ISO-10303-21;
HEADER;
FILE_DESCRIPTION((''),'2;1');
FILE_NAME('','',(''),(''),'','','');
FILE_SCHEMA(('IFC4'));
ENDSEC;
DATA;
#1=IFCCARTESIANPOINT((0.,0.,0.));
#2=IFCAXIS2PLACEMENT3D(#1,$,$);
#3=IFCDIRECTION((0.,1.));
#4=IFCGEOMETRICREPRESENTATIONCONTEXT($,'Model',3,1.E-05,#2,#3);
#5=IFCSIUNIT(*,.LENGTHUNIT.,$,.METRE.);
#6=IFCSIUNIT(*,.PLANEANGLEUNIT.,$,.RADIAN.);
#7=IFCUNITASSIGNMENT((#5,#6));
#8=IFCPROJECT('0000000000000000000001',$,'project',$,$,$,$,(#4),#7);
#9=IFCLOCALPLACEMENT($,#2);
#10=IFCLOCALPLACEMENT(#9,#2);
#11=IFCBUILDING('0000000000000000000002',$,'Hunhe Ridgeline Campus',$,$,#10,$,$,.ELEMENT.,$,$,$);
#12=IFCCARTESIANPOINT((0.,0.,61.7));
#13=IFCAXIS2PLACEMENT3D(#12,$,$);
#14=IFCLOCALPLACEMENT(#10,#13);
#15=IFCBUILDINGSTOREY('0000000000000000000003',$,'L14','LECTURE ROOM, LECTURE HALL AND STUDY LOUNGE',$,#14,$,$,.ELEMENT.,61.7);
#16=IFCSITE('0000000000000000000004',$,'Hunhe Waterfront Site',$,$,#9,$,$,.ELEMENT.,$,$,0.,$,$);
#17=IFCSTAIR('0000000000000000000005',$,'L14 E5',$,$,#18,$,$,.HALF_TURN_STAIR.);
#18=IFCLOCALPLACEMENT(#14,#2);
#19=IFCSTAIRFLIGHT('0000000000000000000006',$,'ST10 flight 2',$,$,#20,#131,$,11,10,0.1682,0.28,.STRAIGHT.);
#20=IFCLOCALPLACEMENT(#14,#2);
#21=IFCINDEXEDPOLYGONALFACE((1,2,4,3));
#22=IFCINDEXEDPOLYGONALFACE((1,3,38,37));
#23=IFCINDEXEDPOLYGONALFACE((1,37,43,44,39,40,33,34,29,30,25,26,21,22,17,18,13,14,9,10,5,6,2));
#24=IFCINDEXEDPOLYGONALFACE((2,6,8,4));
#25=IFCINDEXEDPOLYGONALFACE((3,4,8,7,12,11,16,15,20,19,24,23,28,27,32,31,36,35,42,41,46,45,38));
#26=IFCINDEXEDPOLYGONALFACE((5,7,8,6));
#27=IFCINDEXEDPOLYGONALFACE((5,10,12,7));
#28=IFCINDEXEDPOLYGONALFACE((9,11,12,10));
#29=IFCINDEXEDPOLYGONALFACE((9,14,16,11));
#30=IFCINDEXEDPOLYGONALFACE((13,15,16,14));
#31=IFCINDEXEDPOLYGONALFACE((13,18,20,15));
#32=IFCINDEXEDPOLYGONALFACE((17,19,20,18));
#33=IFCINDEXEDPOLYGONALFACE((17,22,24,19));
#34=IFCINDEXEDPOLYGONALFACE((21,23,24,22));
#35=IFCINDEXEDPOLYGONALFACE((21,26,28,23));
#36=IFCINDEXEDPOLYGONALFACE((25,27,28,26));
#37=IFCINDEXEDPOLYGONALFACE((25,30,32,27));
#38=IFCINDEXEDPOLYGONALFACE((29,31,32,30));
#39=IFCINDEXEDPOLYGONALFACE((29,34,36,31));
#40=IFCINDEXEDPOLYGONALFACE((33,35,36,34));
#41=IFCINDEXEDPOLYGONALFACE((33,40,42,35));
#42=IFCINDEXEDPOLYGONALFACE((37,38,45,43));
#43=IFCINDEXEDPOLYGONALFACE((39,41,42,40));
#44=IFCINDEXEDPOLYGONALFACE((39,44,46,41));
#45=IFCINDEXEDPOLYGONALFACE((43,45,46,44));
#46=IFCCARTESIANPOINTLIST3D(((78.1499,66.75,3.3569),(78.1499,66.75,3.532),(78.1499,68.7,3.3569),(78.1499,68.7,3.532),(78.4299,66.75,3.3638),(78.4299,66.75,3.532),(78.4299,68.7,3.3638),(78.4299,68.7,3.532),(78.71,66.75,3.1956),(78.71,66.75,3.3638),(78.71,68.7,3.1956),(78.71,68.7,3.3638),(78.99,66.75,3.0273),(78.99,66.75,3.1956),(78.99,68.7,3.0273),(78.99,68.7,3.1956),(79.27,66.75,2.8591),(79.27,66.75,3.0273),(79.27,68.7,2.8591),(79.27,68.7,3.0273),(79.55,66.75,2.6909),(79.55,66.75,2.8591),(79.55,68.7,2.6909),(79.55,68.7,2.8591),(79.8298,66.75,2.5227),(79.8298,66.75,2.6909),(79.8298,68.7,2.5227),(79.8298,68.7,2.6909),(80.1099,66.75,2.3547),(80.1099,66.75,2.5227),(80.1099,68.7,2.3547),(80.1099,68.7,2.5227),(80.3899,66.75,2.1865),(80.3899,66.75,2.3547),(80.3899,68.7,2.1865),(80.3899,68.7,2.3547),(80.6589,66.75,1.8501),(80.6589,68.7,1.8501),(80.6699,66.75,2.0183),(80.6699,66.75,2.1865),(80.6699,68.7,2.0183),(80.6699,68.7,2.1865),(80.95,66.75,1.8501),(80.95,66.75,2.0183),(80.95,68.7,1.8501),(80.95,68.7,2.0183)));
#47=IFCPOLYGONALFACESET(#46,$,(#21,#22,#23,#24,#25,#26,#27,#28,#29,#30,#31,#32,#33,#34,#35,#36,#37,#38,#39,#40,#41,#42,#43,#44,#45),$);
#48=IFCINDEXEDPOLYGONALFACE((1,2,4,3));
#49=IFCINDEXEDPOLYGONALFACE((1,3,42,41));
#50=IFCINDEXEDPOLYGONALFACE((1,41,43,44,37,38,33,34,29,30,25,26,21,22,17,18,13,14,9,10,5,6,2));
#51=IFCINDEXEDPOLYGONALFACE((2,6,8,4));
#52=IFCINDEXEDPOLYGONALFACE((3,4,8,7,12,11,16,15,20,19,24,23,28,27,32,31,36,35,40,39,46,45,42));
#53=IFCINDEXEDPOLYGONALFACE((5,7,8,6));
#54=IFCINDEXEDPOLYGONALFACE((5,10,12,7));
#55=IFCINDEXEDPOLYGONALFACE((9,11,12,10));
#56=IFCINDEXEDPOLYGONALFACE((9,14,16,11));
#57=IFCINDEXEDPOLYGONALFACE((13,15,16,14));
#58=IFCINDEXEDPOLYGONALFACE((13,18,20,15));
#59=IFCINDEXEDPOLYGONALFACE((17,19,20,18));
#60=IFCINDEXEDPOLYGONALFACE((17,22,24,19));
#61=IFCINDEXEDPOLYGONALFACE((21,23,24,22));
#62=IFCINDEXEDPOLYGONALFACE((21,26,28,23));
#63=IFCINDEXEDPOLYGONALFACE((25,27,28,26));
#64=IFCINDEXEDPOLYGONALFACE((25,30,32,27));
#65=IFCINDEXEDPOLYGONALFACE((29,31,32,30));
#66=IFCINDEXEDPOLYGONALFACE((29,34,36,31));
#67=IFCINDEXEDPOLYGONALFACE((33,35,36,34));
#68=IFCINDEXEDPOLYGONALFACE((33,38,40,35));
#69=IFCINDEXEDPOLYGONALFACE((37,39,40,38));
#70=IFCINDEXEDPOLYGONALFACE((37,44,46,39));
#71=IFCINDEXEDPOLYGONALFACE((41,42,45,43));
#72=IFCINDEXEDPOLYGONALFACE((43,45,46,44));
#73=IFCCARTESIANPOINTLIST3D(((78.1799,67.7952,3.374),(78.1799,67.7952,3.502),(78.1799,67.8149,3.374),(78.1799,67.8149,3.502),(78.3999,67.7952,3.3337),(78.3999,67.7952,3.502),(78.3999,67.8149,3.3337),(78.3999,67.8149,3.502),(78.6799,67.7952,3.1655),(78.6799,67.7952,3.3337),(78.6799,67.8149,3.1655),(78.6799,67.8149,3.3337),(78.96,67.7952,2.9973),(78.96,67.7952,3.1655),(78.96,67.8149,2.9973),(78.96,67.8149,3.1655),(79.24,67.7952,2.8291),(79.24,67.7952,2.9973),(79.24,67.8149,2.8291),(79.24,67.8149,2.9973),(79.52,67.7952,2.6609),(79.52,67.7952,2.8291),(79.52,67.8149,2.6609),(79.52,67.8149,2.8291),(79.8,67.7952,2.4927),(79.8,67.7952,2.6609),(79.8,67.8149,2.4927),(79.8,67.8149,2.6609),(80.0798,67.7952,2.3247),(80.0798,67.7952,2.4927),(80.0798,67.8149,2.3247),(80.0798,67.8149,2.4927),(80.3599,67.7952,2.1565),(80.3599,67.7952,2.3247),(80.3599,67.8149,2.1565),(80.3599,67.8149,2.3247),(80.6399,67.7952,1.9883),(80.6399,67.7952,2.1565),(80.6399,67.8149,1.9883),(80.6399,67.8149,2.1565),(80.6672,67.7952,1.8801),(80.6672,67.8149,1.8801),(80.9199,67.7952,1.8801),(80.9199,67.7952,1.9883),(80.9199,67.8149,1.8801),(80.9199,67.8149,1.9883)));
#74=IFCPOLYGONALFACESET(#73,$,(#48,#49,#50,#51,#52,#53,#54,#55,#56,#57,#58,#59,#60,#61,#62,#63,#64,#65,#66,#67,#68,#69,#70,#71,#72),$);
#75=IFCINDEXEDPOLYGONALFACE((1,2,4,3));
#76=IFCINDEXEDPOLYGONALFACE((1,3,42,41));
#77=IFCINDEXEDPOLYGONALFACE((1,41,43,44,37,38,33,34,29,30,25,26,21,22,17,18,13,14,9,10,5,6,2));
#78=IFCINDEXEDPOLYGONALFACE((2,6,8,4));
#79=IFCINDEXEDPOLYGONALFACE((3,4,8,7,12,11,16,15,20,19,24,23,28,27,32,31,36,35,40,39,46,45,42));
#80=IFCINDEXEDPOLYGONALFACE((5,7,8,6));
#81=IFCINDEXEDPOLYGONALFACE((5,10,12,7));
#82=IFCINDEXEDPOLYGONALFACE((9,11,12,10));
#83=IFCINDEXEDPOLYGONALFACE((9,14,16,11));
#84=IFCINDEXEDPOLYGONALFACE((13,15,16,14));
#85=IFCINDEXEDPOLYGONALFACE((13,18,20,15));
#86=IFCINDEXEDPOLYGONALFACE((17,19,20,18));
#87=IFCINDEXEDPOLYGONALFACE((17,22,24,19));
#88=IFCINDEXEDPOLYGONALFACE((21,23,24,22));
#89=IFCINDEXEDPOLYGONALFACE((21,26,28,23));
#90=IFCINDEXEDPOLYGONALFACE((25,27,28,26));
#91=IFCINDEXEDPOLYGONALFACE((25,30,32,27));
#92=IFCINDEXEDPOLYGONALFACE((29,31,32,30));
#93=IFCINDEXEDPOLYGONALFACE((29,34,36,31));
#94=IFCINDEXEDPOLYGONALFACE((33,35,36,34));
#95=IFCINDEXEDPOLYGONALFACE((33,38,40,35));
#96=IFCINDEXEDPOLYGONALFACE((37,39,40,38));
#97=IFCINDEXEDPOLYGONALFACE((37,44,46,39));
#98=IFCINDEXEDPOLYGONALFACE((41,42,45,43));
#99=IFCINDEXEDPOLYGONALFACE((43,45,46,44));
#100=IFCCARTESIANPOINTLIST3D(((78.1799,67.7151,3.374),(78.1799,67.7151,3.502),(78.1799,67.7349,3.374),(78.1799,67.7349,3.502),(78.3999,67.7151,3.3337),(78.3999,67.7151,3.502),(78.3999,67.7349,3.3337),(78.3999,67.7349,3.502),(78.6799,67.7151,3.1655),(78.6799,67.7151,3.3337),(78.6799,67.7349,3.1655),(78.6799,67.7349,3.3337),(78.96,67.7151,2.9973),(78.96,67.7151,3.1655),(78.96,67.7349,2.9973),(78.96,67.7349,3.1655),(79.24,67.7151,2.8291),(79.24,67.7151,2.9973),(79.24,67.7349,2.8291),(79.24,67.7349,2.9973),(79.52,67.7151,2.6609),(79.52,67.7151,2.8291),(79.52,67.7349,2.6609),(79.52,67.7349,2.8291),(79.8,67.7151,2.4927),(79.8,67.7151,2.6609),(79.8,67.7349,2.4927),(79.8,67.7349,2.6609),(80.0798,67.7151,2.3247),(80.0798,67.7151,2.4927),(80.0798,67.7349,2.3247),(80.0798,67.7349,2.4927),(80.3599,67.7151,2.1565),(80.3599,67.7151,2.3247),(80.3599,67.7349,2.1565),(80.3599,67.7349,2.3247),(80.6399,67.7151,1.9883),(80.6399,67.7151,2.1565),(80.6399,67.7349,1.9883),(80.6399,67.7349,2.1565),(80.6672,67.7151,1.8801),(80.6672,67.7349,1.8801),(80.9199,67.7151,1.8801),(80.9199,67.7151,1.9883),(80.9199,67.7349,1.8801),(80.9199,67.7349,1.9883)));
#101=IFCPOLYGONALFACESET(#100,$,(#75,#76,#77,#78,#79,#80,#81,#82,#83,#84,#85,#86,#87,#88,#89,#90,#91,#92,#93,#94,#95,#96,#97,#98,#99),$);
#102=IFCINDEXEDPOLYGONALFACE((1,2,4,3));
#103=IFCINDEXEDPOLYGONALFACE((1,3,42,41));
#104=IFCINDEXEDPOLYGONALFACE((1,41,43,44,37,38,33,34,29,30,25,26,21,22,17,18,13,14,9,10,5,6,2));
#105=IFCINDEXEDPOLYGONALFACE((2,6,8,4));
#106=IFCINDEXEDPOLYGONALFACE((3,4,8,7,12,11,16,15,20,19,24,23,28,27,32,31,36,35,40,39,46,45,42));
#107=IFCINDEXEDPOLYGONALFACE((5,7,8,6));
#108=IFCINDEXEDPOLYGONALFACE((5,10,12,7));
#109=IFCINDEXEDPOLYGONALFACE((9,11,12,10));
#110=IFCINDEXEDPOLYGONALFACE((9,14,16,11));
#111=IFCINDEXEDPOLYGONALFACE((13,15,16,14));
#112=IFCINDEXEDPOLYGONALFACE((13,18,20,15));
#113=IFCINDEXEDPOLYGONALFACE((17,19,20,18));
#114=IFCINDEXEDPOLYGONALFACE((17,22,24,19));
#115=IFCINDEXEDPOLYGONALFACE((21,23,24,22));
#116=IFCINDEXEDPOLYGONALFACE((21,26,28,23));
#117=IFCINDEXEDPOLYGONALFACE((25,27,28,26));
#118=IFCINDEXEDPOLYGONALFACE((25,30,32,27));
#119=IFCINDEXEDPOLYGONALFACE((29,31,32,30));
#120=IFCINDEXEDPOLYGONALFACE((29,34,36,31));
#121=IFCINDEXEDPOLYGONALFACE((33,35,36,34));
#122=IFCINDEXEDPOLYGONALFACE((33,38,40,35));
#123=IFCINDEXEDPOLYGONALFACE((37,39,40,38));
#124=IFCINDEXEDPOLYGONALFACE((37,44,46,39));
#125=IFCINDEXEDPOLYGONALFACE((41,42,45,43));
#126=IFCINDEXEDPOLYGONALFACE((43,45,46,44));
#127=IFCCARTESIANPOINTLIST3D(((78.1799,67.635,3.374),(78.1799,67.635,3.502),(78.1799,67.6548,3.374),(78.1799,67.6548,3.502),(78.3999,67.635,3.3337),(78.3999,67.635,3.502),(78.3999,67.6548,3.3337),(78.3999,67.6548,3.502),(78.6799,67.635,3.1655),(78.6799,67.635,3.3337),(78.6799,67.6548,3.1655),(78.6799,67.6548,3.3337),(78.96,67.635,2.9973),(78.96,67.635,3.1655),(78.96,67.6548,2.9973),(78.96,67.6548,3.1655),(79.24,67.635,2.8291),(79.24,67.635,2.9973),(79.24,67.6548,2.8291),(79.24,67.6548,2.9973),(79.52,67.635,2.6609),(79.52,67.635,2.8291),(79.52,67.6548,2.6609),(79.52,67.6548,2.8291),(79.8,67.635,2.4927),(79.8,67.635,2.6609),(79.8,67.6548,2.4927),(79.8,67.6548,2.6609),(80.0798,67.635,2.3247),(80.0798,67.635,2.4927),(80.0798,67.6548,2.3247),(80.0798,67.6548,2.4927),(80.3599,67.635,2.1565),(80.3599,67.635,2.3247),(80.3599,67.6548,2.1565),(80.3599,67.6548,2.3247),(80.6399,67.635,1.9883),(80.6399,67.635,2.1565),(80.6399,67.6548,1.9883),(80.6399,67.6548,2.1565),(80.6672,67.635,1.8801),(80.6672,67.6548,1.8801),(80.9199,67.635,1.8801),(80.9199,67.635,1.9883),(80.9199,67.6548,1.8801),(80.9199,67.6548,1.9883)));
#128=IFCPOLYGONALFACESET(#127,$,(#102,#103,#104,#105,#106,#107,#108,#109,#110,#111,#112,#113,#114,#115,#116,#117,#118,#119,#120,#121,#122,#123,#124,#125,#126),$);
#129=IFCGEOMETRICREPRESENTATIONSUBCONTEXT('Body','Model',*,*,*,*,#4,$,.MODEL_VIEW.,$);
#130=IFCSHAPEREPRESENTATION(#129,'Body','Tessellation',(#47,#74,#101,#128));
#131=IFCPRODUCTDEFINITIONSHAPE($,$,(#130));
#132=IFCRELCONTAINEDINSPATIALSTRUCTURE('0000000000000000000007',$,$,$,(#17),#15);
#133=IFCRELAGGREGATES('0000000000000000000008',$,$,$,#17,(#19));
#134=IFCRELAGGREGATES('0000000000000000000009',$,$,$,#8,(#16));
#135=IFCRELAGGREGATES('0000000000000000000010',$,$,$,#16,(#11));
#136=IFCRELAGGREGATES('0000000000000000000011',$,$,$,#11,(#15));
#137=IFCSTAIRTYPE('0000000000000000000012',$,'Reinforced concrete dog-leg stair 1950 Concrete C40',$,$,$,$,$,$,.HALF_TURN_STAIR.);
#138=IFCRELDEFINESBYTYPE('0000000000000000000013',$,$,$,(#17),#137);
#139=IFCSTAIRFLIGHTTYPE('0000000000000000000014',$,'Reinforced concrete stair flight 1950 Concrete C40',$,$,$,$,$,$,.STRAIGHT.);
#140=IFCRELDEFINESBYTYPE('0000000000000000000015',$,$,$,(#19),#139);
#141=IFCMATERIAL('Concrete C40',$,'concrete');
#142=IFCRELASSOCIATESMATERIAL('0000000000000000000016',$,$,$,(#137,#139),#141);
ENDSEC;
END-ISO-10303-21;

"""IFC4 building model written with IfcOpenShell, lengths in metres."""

from ifc_helpers import new_model, si_unit, direction, frame, origin, place, context, subcontext, project, spatial, polyline, outline, extrude, material, type_object, element, aggregate, save


model = new_model("IFC4")

# Units and contexts
model_context = context("Model", 3, precision=1e-05, world=origin(), true_north=direction((0.0, 1.0)))
body_context = subcontext(model_context, "Body", "Model", "MODEL_VIEW")
ifc_project = project(units=[si_unit("LENGTHUNIT", "METRE"), si_unit("PLANEANGLEUNIT", "RADIAN")], contexts=[model_context])

# Site, building, storey
site_placement = place(None, origin())
site = spatial("IfcSite", under=ifc_project, at=site_placement, Name="Hunhe Waterfront Site", CompositionType="ELEMENT", RefElevation=0.0)
building_placement = place(site_placement, origin())
building = spatial("IfcBuilding", under=site, at=building_placement, Name="Hunhe Ridgeline Campus", CompositionType="ELEMENT")
storey_placement = place(building_placement, frame((0.0, 0.0, 61.7)))
storey = spatial("IfcBuildingStorey", under=building, at=storey_placement, Name="L14", Description="LECTURE ROOM, LECTURE HALL AND STUDY LOUNGE", CompositionType="ELEMENT", Elevation=61.7)

# Stair, stair flight
ifc_material_1 = material(Name="Concrete C40", Category="concrete")
stair_type = type_object("IfcStairType", Name="Reinforced concrete dog-leg stair 1950 Concrete C40", PredefinedType="HALF_TURN_STAIR", material=ifc_material_1)
stair_placement = place(storey_placement, origin())
stair = element("IfcStair", 1, at=stair_placement, inside=storey, type_object=stair_type, Name="L14 E5", PredefinedType="HALF_TURN_STAIR")
stair_flight_type = type_object("IfcStairFlightType", Name="Reinforced concrete stair flight 1950 Concrete C40", PredefinedType="STRAIGHT", material=ifc_material_1)
stair_flight_1_placement = place(storey_placement, frame((80.95, 67.7251, 1.8501), z_axis=(0.0, 0.0, 1.0), x_axis=(-1.0, 0.0, 0.0)))
stair_flight_1 = element("IfcStairFlight", 2, at=stair_flight_1_placement, type_object=stair_flight_type, Name="ST10 flight 2", NumberOfRisers=11, NumberOfTreads=10, PredefinedType="STRAIGHT", RiserHeight=0.1682, TreadLength=0.28, context=body_context, shape_type="SweptSolid", body=[
    extrude(outline(polyline([(0.0, 0.0), (0.0, 0.1682), (0.28, 0.1682), (0.28, 0.3364), (0.5601, 0.3364), (0.5601, 0.5046), (0.8401, 0.5046), (0.8401, 0.6726), (1.1201, 0.6726), (1.1201, 0.8408), (1.3999, 0.8408), (1.3999, 1.009), (1.6799, 1.009), (1.6799, 1.1772), (1.96, 1.1772), (1.96, 1.3455), (2.24, 1.3455), (2.24, 1.5137), (2.52, 1.5137), (2.52, 1.6819), (2.8, 1.6819), (2.8, 1.8501), (2.8, 1.5068), (0.291, 0.0), (0.0, 0.0)])), frame((0.0, 0.9751, 0.0), z_axis=(0.0, -1.0, 0.0), x_axis=(1.0, 0.0, 0.0)), (0.0, 0.0, 1.0), 1.95),
    extrude(outline(polyline([(0.03, 0.03), (0.03, 0.1382), (0.3101, 0.1382), (0.3101, 0.3064), (0.5901, 0.3064), (0.5901, 0.4746), (0.8701, 0.4746), (0.8701, 0.6426), (1.1499, 0.6426), (1.1499, 0.8108), (1.4299, 0.8108), (1.4299, 0.979), (1.71, 0.979), (1.71, 1.1472), (1.99, 1.1472), (1.99, 1.3154), (2.27, 1.3154), (2.27, 1.4836), (2.55, 1.4836), (2.55, 1.6519), (2.77, 1.6519), (2.77, 1.5239), (0.2827, 0.03), (0.03, 0.03)])), frame((0.0, -0.0701, 0.0), z_axis=(0.0, -1.0, 0.0), x_axis=(1.0, 0.0, 0.0)), (0.0, 0.0, 1.0), 0.0198),
    extrude(outline(polyline([(0.03, 0.03), (0.03, 0.1382), (0.3101, 0.1382), (0.3101, 0.3064), (0.5901, 0.3064), (0.5901, 0.4746), (0.8701, 0.4746), (0.8701, 0.6426), (1.1499, 0.6426), (1.1499, 0.8108), (1.4299, 0.8108), (1.4299, 0.979), (1.71, 0.979), (1.71, 1.1472), (1.99, 1.1472), (1.99, 1.3154), (2.27, 1.3154), (2.27, 1.4836), (2.55, 1.4836), (2.55, 1.6519), (2.77, 1.6519), (2.77, 1.5239), (0.2827, 0.03), (0.03, 0.03)])), frame((0.0, 0.01, 0.0), z_axis=(0.0, -1.0, 0.0), x_axis=(1.0, 0.0, 0.0)), (0.0, 0.0, 1.0), 0.0198),
    extrude(outline(polyline([(0.03, 0.03), (0.03, 0.1382), (0.3101, 0.1382), (0.3101, 0.3064), (0.5901, 0.3064), (0.5901, 0.4746), (0.8701, 0.4746), (0.8701, 0.6426), (1.1499, 0.6426), (1.1499, 0.8108), (1.4299, 0.8108), (1.4299, 0.979), (1.71, 0.979), (1.71, 1.1472), (1.99, 1.1472), (1.99, 1.3154), (2.27, 1.3154), (2.27, 1.4836), (2.55, 1.4836), (2.55, 1.6519), (2.77, 1.6519), (2.77, 1.5239), (0.2827, 0.03), (0.03, 0.03)])), frame((0.0, 0.0901, 0.0), z_axis=(0.0, -1.0, 0.0), x_axis=(1.0, 0.0, 0.0)), (0.0, 0.0, 1.0), 0.0198),
])
aggregate(stair, [stair_flight_1])

save(model, "model.ifc")
